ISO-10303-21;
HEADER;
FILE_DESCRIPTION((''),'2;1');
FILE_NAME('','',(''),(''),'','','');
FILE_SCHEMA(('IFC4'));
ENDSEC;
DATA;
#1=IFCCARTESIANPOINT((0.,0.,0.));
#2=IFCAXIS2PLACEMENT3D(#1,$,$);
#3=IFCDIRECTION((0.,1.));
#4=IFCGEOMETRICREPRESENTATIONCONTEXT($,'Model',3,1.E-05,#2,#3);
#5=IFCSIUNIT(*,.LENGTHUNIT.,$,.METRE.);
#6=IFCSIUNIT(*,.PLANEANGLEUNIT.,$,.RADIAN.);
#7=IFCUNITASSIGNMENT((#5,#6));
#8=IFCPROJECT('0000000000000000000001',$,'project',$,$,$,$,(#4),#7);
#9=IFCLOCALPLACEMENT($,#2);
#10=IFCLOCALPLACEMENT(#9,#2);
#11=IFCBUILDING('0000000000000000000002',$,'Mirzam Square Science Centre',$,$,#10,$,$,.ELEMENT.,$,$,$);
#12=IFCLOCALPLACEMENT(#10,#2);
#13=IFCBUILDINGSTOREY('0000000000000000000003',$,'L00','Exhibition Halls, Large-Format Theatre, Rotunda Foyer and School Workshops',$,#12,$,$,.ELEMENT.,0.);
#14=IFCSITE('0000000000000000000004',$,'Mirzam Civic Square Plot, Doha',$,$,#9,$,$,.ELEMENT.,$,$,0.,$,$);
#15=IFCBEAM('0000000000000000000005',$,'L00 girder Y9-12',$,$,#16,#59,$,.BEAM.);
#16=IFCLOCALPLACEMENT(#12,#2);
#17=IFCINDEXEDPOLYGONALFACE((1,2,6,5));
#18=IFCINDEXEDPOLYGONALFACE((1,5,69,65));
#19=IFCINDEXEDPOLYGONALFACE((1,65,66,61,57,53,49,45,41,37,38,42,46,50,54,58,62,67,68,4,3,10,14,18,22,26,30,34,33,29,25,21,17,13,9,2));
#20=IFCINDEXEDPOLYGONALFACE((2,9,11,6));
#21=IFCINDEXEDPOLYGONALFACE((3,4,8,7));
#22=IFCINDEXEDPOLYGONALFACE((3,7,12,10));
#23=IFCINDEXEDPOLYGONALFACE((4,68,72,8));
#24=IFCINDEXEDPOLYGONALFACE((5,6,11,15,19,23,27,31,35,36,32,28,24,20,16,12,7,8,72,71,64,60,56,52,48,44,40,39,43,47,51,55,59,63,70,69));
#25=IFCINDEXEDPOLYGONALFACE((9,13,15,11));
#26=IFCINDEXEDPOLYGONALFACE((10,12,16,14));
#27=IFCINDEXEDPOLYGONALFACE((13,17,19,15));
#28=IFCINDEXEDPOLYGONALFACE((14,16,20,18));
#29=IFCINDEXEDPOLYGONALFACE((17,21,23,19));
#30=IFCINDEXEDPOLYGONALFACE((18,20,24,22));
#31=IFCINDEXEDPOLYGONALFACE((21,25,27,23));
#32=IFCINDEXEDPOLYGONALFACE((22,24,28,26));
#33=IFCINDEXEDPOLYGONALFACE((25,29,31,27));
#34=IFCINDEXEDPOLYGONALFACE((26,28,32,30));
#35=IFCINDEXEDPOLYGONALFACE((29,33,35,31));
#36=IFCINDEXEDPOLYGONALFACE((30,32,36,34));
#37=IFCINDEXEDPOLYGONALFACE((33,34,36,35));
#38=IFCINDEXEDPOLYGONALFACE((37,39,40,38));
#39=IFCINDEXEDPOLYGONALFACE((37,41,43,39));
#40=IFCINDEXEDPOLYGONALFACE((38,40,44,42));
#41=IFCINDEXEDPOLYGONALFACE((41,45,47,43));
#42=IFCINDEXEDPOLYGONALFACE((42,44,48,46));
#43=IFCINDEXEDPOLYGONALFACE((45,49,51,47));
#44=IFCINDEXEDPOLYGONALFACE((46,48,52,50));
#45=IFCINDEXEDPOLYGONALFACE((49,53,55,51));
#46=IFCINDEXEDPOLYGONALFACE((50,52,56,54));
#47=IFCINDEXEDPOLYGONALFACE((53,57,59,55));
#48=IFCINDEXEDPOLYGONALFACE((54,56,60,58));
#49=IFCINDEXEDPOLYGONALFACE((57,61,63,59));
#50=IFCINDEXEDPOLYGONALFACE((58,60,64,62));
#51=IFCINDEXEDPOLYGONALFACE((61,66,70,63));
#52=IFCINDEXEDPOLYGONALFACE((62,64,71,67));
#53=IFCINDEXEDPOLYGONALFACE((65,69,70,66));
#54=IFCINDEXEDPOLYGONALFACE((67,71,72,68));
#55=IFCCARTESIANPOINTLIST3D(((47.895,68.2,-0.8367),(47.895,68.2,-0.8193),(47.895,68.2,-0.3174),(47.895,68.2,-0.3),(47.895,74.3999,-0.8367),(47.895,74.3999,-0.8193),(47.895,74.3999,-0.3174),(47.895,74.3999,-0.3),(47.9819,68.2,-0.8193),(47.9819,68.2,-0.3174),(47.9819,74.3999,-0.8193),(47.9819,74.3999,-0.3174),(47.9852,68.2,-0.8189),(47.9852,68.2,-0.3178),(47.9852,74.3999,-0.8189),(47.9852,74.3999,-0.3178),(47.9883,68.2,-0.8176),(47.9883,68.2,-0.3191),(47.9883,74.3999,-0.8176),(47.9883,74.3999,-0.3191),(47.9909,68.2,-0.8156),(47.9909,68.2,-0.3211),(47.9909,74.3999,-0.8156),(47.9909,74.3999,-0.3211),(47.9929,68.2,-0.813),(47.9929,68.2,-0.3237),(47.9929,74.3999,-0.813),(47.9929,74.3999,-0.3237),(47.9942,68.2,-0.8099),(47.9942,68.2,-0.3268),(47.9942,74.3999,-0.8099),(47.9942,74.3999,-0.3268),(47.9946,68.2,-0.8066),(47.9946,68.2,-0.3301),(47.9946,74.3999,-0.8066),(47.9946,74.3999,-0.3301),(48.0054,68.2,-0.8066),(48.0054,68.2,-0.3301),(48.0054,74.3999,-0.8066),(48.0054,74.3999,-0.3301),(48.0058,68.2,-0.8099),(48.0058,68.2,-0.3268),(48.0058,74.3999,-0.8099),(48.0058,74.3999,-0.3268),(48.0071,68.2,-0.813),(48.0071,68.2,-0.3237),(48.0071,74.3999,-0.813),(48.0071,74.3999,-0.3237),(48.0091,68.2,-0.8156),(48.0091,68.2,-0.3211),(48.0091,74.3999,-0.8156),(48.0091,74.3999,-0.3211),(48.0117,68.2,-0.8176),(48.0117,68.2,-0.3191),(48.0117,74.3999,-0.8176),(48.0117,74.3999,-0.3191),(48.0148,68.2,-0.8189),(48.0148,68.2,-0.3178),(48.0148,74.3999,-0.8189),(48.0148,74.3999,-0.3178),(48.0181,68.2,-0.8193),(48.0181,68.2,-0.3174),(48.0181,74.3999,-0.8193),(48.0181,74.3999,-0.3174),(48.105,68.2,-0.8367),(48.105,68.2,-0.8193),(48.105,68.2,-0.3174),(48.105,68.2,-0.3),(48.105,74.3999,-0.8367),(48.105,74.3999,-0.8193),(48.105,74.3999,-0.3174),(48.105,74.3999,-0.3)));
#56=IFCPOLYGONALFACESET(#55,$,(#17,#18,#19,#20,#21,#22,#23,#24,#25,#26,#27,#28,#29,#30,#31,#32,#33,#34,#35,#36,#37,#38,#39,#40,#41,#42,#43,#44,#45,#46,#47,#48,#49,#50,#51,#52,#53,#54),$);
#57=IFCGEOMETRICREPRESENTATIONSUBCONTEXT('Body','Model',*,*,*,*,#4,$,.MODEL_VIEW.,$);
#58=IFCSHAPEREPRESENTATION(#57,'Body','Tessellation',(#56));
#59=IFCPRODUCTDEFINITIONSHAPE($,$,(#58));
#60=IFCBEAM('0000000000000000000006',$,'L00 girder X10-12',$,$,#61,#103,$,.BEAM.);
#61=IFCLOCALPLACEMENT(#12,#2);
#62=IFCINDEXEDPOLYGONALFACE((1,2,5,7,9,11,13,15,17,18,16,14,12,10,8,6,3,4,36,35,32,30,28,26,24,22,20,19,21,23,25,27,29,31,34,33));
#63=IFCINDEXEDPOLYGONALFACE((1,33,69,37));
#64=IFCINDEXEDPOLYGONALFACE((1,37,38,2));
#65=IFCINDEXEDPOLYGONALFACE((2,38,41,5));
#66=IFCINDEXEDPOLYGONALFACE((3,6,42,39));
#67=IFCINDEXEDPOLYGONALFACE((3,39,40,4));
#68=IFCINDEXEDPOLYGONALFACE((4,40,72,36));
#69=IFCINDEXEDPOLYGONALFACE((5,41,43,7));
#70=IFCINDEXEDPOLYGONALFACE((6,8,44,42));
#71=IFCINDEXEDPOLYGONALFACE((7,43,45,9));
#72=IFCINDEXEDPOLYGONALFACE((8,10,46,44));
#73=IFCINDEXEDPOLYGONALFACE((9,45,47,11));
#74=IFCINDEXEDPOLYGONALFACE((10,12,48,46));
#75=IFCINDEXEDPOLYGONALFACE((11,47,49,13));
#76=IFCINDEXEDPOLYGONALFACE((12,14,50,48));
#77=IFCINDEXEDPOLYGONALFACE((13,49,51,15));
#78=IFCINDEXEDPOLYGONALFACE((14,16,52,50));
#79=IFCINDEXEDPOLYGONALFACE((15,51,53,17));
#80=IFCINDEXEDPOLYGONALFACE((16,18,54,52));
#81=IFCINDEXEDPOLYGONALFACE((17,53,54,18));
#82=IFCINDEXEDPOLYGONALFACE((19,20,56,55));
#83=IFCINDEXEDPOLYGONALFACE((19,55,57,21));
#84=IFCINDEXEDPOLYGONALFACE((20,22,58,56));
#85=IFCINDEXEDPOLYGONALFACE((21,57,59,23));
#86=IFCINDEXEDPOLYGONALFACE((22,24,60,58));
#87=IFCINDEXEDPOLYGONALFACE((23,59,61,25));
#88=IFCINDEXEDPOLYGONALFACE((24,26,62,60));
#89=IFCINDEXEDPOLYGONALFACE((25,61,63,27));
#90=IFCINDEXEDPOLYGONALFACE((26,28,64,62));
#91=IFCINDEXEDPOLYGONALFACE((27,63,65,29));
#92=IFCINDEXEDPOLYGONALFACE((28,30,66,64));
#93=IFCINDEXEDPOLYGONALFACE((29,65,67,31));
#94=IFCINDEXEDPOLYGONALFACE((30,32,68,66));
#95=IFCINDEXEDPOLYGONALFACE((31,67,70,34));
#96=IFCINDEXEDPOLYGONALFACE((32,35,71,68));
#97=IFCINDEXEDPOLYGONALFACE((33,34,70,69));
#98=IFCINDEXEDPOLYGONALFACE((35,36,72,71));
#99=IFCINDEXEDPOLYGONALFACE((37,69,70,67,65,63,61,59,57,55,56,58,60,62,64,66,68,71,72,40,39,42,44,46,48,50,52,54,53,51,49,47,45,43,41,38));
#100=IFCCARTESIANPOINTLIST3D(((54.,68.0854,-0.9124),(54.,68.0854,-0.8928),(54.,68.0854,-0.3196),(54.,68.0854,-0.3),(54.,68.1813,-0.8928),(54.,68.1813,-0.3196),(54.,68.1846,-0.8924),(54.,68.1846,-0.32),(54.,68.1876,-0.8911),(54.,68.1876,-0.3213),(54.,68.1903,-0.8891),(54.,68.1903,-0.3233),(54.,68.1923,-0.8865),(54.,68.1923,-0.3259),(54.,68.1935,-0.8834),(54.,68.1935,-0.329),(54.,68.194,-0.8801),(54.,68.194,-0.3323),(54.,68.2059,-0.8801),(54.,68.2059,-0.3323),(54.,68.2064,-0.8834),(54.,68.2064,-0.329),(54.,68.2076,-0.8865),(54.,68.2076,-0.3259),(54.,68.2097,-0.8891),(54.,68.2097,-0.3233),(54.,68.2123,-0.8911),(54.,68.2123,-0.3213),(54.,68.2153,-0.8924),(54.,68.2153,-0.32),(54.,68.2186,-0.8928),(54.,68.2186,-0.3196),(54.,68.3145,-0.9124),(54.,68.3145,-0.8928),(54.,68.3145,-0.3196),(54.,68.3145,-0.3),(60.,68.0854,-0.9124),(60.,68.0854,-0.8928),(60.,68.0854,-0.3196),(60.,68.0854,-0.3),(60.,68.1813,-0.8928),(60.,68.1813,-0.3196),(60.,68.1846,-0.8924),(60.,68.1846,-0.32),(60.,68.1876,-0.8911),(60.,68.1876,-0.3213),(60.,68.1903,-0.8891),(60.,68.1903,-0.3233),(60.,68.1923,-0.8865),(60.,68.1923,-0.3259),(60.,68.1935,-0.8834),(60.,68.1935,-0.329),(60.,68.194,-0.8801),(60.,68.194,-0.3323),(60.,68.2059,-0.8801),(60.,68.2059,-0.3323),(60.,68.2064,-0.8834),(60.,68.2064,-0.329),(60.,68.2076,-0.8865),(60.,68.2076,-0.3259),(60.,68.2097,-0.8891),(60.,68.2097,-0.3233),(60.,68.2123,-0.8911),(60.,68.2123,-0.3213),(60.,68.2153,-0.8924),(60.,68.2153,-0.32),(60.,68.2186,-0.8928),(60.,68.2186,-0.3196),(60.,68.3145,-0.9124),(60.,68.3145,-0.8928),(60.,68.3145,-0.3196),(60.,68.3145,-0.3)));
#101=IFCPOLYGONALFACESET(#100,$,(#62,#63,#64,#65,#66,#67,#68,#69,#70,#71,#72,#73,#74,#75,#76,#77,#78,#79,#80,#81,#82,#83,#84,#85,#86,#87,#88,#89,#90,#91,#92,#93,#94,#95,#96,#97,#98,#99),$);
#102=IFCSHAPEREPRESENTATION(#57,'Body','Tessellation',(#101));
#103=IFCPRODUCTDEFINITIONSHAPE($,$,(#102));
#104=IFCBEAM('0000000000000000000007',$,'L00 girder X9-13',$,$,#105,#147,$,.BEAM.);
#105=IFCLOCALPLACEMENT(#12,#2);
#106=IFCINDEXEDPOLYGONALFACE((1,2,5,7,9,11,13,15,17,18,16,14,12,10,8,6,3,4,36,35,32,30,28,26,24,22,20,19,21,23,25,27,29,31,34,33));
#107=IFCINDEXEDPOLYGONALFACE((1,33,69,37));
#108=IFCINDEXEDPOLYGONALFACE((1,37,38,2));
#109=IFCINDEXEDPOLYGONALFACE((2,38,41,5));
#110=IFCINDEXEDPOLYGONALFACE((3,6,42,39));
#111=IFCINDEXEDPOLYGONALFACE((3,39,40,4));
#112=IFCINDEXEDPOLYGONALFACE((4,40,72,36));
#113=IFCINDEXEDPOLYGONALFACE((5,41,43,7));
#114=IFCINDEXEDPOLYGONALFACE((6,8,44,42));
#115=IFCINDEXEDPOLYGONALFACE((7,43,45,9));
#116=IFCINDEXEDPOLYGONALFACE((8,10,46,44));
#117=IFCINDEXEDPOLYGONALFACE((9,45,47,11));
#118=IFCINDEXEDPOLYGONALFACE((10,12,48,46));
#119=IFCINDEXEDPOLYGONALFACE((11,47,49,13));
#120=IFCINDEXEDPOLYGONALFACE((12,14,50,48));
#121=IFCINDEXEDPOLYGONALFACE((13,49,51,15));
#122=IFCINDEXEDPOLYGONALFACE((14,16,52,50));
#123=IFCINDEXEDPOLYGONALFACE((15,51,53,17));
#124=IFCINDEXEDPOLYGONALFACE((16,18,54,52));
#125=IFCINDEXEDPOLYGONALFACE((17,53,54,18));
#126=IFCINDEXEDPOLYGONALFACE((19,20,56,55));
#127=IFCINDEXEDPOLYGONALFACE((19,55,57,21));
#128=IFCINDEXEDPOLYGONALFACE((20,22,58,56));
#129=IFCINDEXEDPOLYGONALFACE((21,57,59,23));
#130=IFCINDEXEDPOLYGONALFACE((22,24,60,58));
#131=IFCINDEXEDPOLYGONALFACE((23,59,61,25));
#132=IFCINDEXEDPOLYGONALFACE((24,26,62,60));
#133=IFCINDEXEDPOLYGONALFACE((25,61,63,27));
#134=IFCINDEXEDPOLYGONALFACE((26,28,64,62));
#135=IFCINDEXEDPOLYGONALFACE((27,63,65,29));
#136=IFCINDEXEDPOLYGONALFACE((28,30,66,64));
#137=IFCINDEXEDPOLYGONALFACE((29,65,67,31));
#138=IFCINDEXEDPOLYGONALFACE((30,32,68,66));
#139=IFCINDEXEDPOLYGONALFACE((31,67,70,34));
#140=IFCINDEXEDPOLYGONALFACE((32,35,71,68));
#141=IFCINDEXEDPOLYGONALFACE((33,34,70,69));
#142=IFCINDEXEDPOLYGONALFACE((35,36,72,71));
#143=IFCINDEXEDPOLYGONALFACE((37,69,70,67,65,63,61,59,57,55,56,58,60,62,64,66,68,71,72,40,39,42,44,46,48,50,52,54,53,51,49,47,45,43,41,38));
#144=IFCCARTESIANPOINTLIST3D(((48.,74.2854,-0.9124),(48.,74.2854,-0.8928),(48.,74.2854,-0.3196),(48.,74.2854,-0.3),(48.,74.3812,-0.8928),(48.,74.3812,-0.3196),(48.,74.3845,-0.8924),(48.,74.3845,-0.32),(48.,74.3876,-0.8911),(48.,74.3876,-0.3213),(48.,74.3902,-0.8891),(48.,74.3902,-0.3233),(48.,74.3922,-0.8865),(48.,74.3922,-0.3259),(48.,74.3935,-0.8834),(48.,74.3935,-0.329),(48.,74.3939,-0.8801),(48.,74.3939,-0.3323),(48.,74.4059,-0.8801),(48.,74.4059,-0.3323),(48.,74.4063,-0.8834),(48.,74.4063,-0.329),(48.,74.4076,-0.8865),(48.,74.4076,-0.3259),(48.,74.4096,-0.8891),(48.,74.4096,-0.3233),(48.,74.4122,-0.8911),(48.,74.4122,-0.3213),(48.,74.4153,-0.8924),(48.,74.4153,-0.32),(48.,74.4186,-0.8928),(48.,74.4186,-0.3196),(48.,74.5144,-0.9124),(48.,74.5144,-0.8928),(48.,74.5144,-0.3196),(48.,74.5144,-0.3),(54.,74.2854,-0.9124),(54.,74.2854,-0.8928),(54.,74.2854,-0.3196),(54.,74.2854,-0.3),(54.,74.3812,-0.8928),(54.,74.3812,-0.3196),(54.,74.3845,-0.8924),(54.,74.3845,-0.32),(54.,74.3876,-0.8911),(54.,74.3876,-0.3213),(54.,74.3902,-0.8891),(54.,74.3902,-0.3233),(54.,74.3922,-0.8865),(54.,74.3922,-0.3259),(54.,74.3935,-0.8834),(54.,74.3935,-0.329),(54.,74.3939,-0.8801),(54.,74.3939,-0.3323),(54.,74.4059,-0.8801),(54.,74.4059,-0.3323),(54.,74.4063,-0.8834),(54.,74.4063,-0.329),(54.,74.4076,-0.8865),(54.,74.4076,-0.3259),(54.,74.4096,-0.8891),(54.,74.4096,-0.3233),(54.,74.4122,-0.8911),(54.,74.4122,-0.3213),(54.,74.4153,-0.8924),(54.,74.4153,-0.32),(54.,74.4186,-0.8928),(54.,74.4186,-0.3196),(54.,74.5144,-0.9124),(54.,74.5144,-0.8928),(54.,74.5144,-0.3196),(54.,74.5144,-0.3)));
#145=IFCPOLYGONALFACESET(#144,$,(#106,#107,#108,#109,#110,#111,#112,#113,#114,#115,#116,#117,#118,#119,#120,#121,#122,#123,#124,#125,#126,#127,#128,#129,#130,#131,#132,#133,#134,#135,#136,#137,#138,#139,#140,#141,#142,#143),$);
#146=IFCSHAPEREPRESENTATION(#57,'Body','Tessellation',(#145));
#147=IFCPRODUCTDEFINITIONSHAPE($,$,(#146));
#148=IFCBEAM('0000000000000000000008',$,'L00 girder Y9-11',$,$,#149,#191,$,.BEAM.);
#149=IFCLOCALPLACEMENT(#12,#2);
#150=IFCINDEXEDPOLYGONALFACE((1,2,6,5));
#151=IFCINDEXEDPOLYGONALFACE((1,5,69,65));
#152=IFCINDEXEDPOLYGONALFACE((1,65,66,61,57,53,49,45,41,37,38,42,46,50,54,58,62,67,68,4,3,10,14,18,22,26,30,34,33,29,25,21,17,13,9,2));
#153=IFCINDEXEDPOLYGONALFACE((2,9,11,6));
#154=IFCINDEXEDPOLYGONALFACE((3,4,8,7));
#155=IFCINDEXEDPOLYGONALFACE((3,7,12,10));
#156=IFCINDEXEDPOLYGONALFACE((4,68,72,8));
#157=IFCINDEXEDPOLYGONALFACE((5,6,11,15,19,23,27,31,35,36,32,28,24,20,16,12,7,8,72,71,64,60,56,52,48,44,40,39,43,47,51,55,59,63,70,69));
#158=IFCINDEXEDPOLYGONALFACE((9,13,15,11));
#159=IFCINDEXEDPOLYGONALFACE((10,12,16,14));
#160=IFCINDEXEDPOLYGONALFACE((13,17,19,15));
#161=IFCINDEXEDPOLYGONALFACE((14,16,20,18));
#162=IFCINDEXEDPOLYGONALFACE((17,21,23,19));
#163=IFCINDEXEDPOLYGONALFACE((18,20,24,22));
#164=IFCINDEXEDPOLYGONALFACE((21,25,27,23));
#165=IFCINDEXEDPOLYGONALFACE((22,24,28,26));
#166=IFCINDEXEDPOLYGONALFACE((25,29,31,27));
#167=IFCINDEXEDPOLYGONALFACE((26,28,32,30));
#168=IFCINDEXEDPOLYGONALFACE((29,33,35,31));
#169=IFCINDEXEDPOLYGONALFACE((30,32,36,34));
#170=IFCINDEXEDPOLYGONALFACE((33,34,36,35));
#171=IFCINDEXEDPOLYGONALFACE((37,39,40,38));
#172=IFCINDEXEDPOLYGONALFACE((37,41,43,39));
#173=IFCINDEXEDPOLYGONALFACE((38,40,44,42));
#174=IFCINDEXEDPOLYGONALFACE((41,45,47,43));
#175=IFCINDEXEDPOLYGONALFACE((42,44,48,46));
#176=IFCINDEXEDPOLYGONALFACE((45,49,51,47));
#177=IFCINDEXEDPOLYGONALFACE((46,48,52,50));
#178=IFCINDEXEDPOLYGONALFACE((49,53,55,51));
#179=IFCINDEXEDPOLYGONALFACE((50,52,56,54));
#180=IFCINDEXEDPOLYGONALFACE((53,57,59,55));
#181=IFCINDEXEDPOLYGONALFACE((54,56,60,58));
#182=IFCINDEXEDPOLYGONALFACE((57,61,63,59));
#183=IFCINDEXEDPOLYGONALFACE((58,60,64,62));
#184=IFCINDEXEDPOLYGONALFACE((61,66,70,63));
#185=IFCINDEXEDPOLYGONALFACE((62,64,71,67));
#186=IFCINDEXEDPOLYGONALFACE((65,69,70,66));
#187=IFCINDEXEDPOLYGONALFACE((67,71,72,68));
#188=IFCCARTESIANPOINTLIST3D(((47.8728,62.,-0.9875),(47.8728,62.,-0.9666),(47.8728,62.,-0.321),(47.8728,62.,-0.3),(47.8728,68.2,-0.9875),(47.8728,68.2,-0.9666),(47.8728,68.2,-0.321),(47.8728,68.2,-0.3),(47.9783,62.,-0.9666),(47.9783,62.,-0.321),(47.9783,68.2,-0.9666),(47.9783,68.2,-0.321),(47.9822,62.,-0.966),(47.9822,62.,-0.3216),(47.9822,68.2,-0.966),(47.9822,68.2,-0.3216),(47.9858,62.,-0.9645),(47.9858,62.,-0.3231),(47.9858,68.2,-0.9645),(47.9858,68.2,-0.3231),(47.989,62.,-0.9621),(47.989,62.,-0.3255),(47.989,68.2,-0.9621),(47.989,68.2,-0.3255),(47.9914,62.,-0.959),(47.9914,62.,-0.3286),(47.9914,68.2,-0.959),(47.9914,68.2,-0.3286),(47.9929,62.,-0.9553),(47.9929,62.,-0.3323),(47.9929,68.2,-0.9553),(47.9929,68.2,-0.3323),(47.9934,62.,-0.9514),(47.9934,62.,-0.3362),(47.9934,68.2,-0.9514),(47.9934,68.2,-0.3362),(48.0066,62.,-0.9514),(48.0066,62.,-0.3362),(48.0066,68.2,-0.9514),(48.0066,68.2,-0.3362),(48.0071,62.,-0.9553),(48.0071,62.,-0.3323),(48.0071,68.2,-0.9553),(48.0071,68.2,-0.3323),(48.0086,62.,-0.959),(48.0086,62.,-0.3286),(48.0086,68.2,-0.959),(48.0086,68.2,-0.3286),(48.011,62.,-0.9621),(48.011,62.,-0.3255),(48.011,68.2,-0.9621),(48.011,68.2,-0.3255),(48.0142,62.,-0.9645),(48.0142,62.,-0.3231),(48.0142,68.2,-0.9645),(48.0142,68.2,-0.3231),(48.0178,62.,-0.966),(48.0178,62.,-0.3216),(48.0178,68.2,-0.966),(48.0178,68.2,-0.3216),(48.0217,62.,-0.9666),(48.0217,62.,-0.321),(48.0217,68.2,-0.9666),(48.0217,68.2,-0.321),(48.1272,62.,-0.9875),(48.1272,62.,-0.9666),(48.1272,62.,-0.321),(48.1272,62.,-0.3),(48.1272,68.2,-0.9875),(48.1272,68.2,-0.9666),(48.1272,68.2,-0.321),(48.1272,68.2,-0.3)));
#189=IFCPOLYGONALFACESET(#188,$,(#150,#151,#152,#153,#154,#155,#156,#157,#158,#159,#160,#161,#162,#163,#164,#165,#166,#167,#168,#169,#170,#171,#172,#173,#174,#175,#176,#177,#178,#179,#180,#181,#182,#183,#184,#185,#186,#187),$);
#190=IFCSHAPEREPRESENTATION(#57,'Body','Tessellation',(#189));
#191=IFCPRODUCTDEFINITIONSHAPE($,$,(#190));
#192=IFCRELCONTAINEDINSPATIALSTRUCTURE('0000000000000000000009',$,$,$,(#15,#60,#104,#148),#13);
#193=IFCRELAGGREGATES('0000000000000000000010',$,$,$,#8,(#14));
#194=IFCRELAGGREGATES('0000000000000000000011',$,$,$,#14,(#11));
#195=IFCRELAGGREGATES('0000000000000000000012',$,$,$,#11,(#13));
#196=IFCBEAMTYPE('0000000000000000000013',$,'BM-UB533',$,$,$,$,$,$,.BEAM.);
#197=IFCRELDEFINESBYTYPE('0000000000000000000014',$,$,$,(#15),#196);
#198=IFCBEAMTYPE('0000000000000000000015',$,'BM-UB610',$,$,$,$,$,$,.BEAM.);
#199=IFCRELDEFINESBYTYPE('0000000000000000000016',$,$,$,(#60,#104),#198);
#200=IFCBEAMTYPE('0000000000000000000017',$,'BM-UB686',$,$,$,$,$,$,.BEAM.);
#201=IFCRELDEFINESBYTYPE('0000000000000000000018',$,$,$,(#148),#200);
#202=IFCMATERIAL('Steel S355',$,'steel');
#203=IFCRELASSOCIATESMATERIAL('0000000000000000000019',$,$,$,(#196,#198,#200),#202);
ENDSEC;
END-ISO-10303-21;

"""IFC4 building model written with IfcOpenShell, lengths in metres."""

from ifc_helpers import new_model, si_unit, direction, frame, origin, origin_2d, place, context, subcontext, project, spatial, i_section, extrude, material, material_profile, profile_set, type_object, element, save


model = new_model("IFC4")

# Units and contexts
model_context = context("Model", 3, precision=1e-05, world=origin(), true_north=direction((0.0, 1.0)))
body_context = subcontext(model_context, "Body", "Model", "MODEL_VIEW")
ifc_project = project(units=[si_unit("LENGTHUNIT", "METRE"), si_unit("PLANEANGLEUNIT", "RADIAN")], contexts=[model_context])

# Site, building, storey
site_placement = place(None, origin())
site = spatial("IfcSite", under=ifc_project, at=site_placement, Name="Mirzam Civic Square Plot, Doha", CompositionType="ELEMENT", RefElevation=0.0)
building_placement = place(site_placement, origin())
building = spatial("IfcBuilding", under=site, at=building_placement, Name="Mirzam Square Science Centre", CompositionType="ELEMENT")
storey_placement = place(building_placement, origin())
storey = spatial("IfcBuildingStorey", under=building, at=storey_placement, Name="L00", Description="Exhibition Halls, Large-Format Theatre, Rotunda Foyer and School Workshops", CompositionType="ELEMENT", Elevation=0.0)

# Shared definitions
ifc_material = material(Name="Steel S355", Category="steel")

# Beams
ifc_material_profile_1 = material_profile(ifc_material, i_section(OverallWidth=0.21, OverallDepth=0.5366, WebThickness=0.0107, FlangeThickness=0.0173, FilletRadius=0.0127, at=origin_2d()), Name="533x210x101UB")
ifc_profile_set_1 = profile_set([ifc_material_profile_1], Name="Steel S355")
beam_type_1 = type_object("IfcBeamType", Name="BM-UB533", PredefinedType="BEAM", material=ifc_profile_set_1)
beam_1_placement = place(storey_placement, frame((48.0, 68.2, -0.5684), z_axis=(0.0, 1.0, 0.0), x_axis=(-1.0, 0.0, 0.0)))
element("IfcBeam", 1, at=beam_1_placement, inside=storey, type_object=beam_type_1, Name="L00 girder Y9-12", PredefinedType="BEAM", context=body_context, shape_type="SweptSolid", body=[
    extrude(i_section(OverallWidth=0.21, OverallDepth=0.5366, WebThickness=0.0107, FlangeThickness=0.0173, FilletRadius=0.0127, at=origin_2d()), origin(), (0.0, 0.0, 1.0), 6.2),
])
ifc_material_profile_2 = material_profile(ifc_material, i_section(OverallWidth=0.229, OverallDepth=0.6123, WebThickness=0.012, FlangeThickness=0.0195, FilletRadius=0.0127, at=origin_2d()), Name="610x229x125UB")
ifc_profile_set_2 = profile_set([ifc_material_profile_2], Name="Steel S355")
beam_type_2 = type_object("IfcBeamType", Name="BM-UB610", PredefinedType="BEAM", material=ifc_profile_set_2)
for number, where, z_axis, x_axis, name in (
    (2, (54.0, 68.2, -0.6062), (1.0, 0.0, 0.0), (0.0, 1.0, 0.0), "L00 girder X10-12"),
    (3, (48.0, 74.3999, -0.6062), (1.0, 0.0, 0.0), (0.0, 1.0, 0.0), "L00 girder X9-13"),
):
    element("IfcBeam", number, at=place(storey_placement, frame(where, z_axis=z_axis, x_axis=x_axis)), inside=storey, type_object=beam_type_2, Name=name, PredefinedType="BEAM", context=body_context, shape_type="SweptSolid", body=[
        extrude(i_section(OverallWidth=0.229, OverallDepth=0.6123, WebThickness=0.012, FlangeThickness=0.0195, FilletRadius=0.0127, at=origin_2d()), origin(), (0.0, 0.0, 1.0), 6.0),
    ])
ifc_material_profile_3 = material_profile(ifc_material, i_section(OverallWidth=0.2544, OverallDepth=0.6875, WebThickness=0.0132, FlangeThickness=0.021, FilletRadius=0.0151, at=origin_2d()), Name="686x254x152UB")
ifc_profile_set_3 = profile_set([ifc_material_profile_3], Name="Steel S355")
beam_type_3 = type_object("IfcBeamType", Name="BM-UB686", PredefinedType="BEAM", material=ifc_profile_set_3)
beam_2_placement = place(storey_placement, frame((48.0, 62.0, -0.6438), z_axis=(0.0, 1.0, 0.0), x_axis=(-1.0, 0.0, 0.0)))
element("IfcBeam", 4, at=beam_2_placement, inside=storey, type_object=beam_type_3, Name="L00 girder Y9-11", PredefinedType="BEAM", context=body_context, shape_type="SweptSolid", body=[
    extrude(i_section(OverallWidth=0.2544, OverallDepth=0.6875, WebThickness=0.0132, FlangeThickness=0.021, FilletRadius=0.0151, at=origin_2d()), origin(), (0.0, 0.0, 1.0), 6.2),
])

save(model, "model.ifc")
